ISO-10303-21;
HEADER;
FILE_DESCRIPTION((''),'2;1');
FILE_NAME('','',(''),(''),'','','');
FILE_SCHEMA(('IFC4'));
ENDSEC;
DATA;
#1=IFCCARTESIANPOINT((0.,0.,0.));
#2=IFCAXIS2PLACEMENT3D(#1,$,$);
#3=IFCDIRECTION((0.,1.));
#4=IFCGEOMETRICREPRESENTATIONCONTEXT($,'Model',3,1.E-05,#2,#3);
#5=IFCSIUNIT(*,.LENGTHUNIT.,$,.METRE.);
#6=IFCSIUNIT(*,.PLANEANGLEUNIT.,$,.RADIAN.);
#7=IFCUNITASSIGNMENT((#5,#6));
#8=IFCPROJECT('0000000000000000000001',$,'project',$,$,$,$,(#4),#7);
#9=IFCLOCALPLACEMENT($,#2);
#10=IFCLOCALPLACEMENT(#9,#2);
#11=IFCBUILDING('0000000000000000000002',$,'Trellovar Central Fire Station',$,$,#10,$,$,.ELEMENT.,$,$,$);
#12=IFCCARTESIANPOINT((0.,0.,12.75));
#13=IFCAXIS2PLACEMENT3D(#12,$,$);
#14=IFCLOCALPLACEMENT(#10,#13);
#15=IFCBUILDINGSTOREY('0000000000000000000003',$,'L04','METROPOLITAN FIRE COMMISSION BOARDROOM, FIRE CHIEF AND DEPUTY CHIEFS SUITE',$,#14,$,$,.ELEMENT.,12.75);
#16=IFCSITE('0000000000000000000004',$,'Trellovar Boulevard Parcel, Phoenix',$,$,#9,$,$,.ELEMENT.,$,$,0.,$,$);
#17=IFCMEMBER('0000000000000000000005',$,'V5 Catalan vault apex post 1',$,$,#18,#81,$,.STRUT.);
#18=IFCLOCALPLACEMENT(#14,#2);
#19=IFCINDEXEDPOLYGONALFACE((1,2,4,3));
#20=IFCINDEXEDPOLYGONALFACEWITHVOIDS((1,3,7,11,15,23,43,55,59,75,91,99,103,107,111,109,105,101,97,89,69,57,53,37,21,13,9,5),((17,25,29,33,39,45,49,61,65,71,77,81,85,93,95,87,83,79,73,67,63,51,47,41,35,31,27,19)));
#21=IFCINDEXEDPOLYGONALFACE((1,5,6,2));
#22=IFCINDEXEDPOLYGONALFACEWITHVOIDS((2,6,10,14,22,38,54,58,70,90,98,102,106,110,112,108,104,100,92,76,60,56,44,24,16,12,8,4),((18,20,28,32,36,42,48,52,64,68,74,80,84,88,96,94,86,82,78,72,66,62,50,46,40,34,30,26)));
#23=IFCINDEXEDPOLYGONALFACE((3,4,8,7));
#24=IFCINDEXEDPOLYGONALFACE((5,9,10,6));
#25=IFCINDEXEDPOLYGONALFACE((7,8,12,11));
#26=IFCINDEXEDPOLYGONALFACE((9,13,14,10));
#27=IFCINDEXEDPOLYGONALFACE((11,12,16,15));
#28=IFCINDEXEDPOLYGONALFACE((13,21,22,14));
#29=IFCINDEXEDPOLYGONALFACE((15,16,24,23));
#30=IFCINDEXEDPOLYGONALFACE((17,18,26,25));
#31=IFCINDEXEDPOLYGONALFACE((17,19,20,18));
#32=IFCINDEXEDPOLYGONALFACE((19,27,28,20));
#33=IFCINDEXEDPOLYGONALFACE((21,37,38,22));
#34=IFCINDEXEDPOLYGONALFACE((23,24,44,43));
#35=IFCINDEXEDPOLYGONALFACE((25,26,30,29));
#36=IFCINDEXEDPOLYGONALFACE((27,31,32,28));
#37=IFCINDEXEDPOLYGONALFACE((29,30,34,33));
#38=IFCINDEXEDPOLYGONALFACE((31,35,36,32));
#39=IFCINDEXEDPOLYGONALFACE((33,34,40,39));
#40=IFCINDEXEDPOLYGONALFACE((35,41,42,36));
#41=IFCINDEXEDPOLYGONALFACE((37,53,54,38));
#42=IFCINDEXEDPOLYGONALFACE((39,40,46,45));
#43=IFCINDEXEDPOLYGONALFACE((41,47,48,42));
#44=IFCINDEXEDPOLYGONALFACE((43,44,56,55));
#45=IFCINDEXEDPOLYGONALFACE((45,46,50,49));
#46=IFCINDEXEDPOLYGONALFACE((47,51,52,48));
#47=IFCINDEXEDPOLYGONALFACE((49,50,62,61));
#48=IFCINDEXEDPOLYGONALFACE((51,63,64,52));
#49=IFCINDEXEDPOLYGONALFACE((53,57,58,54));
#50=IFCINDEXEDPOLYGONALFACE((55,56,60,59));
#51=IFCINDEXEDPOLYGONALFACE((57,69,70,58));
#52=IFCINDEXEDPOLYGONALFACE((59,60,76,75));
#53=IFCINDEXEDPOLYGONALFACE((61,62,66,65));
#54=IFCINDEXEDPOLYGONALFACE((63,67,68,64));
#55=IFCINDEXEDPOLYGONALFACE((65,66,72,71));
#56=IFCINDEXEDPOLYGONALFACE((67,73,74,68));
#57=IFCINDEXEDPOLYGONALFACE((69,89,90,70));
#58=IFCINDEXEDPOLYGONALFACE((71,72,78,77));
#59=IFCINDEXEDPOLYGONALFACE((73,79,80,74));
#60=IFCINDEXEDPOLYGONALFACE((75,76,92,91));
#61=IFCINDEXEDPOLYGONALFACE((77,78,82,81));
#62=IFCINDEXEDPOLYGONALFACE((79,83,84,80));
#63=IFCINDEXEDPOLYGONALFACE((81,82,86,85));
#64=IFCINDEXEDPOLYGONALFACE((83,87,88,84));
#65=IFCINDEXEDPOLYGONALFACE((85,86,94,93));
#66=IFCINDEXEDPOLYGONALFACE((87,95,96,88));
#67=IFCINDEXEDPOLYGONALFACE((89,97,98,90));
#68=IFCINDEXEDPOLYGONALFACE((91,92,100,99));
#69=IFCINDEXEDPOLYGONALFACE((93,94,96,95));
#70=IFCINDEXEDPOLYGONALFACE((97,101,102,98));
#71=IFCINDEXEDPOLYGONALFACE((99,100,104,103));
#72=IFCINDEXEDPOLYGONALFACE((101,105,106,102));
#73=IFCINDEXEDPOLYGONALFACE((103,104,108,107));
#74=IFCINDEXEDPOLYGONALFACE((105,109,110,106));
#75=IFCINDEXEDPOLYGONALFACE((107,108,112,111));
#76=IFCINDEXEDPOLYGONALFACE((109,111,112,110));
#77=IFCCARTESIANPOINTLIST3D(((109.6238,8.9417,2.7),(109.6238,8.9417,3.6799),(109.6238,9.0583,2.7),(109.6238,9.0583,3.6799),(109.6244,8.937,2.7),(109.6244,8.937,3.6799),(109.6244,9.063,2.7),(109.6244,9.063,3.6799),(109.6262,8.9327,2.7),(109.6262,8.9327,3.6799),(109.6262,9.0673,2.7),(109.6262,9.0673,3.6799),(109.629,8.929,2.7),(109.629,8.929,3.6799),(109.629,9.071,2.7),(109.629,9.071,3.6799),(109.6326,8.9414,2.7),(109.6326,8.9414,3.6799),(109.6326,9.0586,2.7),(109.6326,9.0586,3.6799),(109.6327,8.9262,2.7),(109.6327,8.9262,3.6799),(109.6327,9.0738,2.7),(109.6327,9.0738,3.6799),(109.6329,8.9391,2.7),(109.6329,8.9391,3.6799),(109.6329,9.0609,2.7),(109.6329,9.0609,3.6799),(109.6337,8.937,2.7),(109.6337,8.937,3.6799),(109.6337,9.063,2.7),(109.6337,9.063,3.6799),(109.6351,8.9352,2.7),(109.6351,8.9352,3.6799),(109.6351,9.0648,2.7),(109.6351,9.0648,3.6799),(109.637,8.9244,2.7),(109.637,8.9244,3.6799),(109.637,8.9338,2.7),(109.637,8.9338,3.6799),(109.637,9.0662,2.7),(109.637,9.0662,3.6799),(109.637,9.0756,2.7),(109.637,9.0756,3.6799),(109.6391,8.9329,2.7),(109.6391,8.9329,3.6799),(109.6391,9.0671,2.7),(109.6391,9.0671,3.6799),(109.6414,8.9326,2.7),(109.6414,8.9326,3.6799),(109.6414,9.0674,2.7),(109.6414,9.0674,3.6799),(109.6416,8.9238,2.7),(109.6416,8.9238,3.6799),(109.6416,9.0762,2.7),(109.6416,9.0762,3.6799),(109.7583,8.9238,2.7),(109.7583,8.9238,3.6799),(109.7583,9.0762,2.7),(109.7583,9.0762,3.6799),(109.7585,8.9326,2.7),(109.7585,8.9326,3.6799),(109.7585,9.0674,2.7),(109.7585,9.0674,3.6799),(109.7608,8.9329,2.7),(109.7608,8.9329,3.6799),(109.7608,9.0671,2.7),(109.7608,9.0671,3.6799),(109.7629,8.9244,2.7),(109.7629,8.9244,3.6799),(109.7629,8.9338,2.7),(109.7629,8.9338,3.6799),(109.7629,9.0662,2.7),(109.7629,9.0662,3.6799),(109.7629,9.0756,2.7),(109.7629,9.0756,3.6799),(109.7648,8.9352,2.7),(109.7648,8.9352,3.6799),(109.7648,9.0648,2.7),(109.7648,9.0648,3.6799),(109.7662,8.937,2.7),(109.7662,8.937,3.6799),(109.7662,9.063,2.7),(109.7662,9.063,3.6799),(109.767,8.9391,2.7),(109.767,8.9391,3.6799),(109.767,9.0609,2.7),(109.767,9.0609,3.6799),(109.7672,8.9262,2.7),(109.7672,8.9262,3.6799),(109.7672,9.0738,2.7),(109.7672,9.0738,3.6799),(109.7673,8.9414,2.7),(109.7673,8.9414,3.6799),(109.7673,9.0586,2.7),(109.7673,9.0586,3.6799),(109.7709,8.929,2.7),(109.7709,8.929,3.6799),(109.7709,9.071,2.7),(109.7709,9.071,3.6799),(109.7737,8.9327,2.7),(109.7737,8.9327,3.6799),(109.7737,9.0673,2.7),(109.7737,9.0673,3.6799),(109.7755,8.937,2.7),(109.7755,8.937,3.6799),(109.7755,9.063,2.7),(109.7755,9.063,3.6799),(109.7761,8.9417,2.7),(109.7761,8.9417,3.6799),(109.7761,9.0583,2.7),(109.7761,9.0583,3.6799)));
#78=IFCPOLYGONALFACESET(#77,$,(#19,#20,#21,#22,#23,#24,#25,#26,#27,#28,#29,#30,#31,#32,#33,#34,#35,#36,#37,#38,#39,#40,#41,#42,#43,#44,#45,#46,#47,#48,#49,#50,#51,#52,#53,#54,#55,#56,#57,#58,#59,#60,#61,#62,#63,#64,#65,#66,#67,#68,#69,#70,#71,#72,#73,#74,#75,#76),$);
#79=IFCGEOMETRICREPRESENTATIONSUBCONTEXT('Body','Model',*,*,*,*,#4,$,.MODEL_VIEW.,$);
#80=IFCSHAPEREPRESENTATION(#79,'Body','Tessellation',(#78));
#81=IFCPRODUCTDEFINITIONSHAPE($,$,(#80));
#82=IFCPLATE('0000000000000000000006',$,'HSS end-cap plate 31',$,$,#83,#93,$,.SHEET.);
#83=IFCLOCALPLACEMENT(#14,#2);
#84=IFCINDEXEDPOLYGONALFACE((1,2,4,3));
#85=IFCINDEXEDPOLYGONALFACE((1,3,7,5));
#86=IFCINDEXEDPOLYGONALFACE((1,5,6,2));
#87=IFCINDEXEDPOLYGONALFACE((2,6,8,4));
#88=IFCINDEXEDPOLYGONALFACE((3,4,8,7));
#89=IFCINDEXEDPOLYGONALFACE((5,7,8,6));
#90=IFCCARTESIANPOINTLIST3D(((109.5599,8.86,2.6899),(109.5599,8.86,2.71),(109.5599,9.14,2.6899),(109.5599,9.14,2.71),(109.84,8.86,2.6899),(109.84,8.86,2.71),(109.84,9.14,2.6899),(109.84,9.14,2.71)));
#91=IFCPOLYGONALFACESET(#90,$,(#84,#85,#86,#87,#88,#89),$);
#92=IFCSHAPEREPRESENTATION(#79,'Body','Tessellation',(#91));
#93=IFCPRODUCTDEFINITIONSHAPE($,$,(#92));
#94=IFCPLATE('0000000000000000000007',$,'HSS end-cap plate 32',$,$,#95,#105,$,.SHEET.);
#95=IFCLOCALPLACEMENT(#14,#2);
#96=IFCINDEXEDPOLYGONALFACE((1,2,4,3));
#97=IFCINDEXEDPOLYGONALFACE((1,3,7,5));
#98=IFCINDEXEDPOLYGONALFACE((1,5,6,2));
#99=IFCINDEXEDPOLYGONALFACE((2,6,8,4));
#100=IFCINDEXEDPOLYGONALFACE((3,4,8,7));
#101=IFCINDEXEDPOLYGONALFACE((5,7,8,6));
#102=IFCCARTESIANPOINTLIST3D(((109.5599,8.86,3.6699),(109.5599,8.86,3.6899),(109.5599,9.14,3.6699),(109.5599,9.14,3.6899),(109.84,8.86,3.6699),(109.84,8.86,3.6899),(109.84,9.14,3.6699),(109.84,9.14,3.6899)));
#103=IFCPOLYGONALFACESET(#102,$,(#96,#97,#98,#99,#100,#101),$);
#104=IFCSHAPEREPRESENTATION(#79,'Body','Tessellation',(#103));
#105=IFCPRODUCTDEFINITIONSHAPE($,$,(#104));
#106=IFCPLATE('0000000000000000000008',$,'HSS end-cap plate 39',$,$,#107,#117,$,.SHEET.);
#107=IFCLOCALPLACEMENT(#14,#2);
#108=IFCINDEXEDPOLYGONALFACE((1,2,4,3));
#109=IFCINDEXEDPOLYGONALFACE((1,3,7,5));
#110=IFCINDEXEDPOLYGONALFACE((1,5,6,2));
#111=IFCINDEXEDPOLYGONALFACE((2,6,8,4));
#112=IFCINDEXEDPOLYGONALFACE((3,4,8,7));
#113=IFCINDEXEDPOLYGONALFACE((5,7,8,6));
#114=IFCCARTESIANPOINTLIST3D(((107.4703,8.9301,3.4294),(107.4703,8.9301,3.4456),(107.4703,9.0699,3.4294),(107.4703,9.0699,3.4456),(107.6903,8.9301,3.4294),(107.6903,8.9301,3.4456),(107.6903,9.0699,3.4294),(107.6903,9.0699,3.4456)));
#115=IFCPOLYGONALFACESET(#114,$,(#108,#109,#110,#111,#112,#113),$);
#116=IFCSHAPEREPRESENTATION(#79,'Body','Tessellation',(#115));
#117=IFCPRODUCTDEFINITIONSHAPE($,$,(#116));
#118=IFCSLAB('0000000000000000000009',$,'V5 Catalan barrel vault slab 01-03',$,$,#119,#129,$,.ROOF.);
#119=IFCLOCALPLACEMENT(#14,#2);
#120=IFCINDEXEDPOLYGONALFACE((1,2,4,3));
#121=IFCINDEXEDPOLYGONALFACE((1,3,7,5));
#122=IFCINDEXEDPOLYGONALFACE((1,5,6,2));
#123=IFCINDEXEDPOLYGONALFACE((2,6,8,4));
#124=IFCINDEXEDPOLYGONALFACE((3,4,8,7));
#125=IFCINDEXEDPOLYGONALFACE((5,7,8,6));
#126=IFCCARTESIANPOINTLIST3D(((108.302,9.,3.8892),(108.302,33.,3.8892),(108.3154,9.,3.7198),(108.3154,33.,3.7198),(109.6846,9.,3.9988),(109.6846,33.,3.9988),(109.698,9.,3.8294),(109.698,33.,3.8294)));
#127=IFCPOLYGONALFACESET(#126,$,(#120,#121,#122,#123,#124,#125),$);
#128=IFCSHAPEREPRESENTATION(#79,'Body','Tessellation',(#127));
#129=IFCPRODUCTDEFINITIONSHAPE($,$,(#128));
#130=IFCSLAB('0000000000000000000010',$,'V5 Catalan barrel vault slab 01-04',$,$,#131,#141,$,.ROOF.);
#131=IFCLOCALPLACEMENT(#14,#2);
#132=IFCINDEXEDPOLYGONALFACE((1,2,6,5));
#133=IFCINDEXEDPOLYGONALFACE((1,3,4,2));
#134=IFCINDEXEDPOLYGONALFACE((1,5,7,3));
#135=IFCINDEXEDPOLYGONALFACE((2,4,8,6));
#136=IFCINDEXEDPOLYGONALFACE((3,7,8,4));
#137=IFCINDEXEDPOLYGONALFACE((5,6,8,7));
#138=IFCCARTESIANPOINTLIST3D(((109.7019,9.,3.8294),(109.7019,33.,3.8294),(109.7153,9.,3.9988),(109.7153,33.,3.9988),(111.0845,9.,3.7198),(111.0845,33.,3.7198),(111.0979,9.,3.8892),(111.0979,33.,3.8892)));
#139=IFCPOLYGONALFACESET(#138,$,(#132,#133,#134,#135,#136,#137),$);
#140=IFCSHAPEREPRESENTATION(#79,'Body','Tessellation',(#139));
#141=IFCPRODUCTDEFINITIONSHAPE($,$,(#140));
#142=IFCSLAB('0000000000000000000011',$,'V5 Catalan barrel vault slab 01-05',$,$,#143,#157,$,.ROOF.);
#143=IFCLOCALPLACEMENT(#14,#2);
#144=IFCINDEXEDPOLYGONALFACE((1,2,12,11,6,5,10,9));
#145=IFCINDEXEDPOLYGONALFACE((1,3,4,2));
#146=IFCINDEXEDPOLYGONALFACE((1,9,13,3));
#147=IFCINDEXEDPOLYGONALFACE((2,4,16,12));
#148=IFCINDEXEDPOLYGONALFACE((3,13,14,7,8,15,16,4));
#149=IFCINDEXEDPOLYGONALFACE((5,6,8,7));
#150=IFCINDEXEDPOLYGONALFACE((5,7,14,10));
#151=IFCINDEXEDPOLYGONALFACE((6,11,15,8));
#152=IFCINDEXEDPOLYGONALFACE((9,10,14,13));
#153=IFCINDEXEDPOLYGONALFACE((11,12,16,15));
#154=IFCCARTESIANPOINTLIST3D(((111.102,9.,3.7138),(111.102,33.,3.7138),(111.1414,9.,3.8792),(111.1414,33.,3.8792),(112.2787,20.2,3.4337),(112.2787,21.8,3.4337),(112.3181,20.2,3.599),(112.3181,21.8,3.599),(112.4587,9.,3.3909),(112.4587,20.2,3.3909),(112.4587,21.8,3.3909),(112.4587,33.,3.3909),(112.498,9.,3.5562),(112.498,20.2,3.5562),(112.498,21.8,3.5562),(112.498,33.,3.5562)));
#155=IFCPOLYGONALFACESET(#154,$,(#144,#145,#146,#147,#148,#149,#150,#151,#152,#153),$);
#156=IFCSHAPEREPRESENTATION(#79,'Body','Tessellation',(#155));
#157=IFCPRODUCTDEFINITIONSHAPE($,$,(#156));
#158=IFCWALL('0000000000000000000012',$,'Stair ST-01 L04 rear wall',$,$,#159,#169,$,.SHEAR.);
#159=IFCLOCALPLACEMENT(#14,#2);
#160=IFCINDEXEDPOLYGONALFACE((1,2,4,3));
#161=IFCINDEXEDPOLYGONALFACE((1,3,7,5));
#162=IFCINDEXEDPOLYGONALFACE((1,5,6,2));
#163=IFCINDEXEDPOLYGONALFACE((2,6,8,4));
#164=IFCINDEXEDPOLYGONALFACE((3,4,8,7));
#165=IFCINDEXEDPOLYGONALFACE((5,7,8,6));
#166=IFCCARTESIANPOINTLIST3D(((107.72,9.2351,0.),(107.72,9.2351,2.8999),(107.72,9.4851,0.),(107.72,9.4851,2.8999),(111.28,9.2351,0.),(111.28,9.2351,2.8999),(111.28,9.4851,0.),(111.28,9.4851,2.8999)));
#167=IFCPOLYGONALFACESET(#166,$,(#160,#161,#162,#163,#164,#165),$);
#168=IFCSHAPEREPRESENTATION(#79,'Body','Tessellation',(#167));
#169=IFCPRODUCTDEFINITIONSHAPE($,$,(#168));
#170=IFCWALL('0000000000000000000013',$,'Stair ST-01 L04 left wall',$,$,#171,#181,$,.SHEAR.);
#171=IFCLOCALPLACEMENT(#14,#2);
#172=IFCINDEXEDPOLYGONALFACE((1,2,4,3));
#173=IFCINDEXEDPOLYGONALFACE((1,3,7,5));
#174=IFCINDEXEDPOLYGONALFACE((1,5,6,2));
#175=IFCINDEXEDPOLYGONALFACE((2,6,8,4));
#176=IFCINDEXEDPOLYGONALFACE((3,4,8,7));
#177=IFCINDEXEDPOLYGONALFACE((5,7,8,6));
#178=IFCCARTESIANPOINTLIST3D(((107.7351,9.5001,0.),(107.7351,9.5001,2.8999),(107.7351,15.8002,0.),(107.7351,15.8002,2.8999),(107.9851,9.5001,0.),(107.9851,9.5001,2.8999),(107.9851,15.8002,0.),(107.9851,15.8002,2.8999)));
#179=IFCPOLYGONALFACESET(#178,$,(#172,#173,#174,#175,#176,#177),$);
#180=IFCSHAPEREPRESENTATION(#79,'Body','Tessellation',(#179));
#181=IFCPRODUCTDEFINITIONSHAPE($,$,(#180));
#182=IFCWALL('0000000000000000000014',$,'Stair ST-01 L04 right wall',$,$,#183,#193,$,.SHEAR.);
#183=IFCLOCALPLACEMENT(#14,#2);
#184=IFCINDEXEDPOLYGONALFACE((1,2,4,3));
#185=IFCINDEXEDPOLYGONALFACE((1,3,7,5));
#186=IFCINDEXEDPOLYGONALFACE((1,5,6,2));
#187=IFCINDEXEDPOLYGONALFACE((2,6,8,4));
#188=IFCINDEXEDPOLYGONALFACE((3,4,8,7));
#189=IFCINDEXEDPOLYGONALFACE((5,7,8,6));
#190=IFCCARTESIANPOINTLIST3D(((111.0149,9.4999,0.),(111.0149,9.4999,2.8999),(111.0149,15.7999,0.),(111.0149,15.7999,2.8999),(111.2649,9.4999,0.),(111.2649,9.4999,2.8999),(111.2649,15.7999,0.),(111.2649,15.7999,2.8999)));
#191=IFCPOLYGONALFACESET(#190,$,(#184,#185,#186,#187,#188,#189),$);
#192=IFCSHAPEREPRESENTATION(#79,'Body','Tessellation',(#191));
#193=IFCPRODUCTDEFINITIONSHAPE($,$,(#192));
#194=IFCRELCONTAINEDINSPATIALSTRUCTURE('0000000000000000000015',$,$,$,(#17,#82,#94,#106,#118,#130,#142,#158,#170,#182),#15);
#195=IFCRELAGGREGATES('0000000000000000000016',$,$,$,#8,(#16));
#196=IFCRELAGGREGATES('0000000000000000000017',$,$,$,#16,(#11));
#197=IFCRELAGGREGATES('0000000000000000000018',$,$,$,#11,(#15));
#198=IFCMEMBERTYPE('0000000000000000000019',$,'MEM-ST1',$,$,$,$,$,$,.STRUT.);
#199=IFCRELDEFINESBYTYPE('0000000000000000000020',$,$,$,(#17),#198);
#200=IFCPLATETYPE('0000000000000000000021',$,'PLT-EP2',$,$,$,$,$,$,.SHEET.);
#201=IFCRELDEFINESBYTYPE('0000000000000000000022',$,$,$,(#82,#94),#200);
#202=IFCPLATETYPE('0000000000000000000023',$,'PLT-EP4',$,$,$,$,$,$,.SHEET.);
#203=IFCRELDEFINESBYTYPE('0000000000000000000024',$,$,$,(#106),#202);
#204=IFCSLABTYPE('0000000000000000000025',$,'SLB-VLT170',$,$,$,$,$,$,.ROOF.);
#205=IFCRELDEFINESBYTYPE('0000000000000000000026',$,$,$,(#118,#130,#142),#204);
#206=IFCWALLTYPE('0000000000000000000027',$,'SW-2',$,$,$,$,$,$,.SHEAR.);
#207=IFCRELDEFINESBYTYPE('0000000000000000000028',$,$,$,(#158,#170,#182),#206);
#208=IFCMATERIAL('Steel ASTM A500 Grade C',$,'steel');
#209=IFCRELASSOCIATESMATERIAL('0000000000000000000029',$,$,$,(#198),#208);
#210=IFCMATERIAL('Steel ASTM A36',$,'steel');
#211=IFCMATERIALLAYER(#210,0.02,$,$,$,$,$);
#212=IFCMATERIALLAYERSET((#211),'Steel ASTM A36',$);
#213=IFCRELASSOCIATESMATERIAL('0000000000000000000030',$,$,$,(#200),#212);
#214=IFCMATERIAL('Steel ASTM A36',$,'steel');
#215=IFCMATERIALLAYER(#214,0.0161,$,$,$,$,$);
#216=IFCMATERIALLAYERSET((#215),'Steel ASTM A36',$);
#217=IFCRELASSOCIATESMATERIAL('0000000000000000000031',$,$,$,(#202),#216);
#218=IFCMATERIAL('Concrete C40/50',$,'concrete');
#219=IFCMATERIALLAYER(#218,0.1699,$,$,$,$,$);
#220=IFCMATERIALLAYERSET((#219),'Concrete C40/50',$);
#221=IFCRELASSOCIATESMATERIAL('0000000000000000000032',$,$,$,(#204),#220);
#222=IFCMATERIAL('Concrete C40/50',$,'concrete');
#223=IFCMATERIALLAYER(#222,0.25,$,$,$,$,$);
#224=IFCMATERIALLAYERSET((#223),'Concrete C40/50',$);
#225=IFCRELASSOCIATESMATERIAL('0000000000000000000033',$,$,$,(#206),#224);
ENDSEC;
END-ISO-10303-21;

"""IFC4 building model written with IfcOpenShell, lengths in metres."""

from ifc_helpers import new_model, si_unit, direction, frame, frame_2d, origin, origin_2d, place, context, subcontext, project, spatial, polyline, rectangle, hollow_rectangle, outline, extrude, material, layer, layer_set, material_profile, profile_set, type_object, element, save


model = new_model("IFC4")

# Units and contexts
model_context = context("Model", 3, precision=1e-05, world=origin(), true_north=direction((0.0, 1.0)))
body_context = subcontext(model_context, "Body", "Model", "MODEL_VIEW")
ifc_project = project(units=[si_unit("LENGTHUNIT", "METRE"), si_unit("PLANEANGLEUNIT", "RADIAN")], contexts=[model_context])

# Site, building, storey
site_placement = place(None, origin())
site = spatial("IfcSite", under=ifc_project, at=site_placement, Name="Trellovar Boulevard Parcel, Phoenix", CompositionType="ELEMENT", RefElevation=0.0)
building_placement = place(site_placement, origin())
building = spatial("IfcBuilding", under=site, at=building_placement, Name="Trellovar Central Fire Station", CompositionType="ELEMENT")
storey_placement = place(building_placement, frame((0.0, 0.0, 12.75)))
storey = spatial("IfcBuildingStorey", under=building, at=storey_placement, Name="L04", Description="METROPOLITAN FIRE COMMISSION BOARDROOM, FIRE CHIEF AND DEPUTY CHIEFS SUITE", CompositionType="ELEMENT", Elevation=12.75)

# Member
ifc_material_1 = material(Name="Steel ASTM A500 Grade C", Category="steel")
ifc_material_profile_1 = material_profile(ifc_material_1, hollow_rectangle(XDim=0.1523, YDim=0.1523, WallThickness=0.0088, InnerFilletRadius=0.0088, OuterFilletRadius=0.0178, at=origin_2d()), Name="HSS6X6X3/8")
ifc_profile_set_1 = profile_set([ifc_material_profile_1], Name="Steel ASTM A500 Grade C")
member_type_1 = type_object("IfcMemberType", Name="MEM-ST1", PredefinedType="STRUT", material=ifc_profile_set_1)
member_1_placement = place(storey_placement, frame((109.7, 9.0, 2.7), z_axis=(0.0, 0.0, 1.0), x_axis=(1.0, 0.0, 0.0)))
element("IfcMember", 1, at=member_1_placement, inside=storey, type_object=member_type_1, Name="V5 Catalan vault apex post 1", PredefinedType="STRUT", context=body_context, shape_type="SweptSolid", body=[
    extrude(hollow_rectangle(XDim=0.1523, YDim=0.1523, WallThickness=0.0088, InnerFilletRadius=0.0088, OuterFilletRadius=0.0178, at=origin_2d()), origin(), (0.0, 0.0, 1.0), 0.98),
])

# Plates
ifc_material_2 = material(Name="Steel ASTM A36", Category="steel")
ifc_layer_1 = layer(ifc_material_2, 0.02)
ifc_layer_set_1 = layer_set([ifc_layer_1], Name="Steel ASTM A36")
plate_type_1 = type_object("IfcPlateType", Name="PLT-EP2", PredefinedType="SHEET", material=ifc_layer_set_1)
for number, where, z_axis, x_axis, name in (
    (2, (109.7, 9.0, 2.6899), (0.0, 0.0, 1.0), (1.0, 0.0, 0.0), "HSS end-cap plate 31"),
    (3, (109.7, 9.0, 3.6699), (0.0, 0.0, 1.0), (1.0, 0.0, 0.0), "HSS end-cap plate 32"),
):
    element("IfcPlate", number, at=place(storey_placement, frame(where, z_axis=z_axis, x_axis=x_axis)), inside=storey, type_object=plate_type_1, Name=name, PredefinedType="SHEET", context=body_context, shape_type="SweptSolid", body=[
        extrude(rectangle(XDim=0.28, YDim=0.28, at=origin_2d()), origin(), (0.0, 0.0, 1.0), 0.02),
    ])
ifc_material_3 = material(Name="Steel ASTM A36", Category="steel")
ifc_layer_2 = layer(ifc_material_3, 0.0161)
ifc_layer_set_2 = layer_set([ifc_layer_2], Name="Steel ASTM A36")
plate_type_2 = type_object("IfcPlateType", Name="PLT-EP4", PredefinedType="SHEET", material=ifc_layer_set_2)
plate_placement = place(storey_placement, frame((107.5803, 9.0, 3.4294), z_axis=(0.0, 0.0, 1.0), x_axis=(1.0, 0.0, 0.0)))
element("IfcPlate", 4, at=plate_placement, inside=storey, type_object=plate_type_2, Name="HSS end-cap plate 39", PredefinedType="SHEET", context=body_context, shape_type="SweptSolid", body=[
    extrude(rectangle(XDim=0.22, YDim=0.1399, at=origin_2d()), origin(), (0.0, 0.0, 1.0), 0.0161),
])

# Slabs
ifc_material_4 = material(Name="Concrete C40/50", Category="concrete")
ifc_layer_3 = layer(ifc_material_4, 0.1699)
ifc_layer_set_3 = layer_set([ifc_layer_3], Name="Concrete C40/50")
slab_type = type_object("IfcSlabType", Name="SLB-VLT170", PredefinedType="ROOF", material=ifc_layer_set_3)
for number, where, z_axis, x_axis, name in (
    (5, (108.302, 9.0, 3.8892), (-0.079039, 0.0, 0.996872), (0.996872, 0.0, 0.079039), "V5 Catalan barrel vault slab 01-03"),
    (6, (109.7153, 9.0, 3.9988), (0.079039, 0.0, 0.996872), (0.996872, 0.0, -0.079039), "V5 Catalan barrel vault slab 01-04"),
):
    element("IfcSlab", number, at=place(storey_placement, frame(where, z_axis=z_axis, x_axis=x_axis)), inside=storey, type_object=slab_type, Name=name, PredefinedType="ROOF", context=body_context, shape_type="SweptSolid", body=[
        extrude(outline(polyline([(0.0, 0.0), (1.3869, 0.0), (1.3869, 24.0), (0.0, 24.0), (0.0, 0.0)])), origin(), (0.0, 0.0, -1.0), 0.1699),
    ])
slab_placement = place(storey_placement, frame((111.1414, 9.0, 3.8792), z_axis=(0.231599, 0.0, 0.972811), x_axis=(0.972811, 0.0, -0.231599)))
element("IfcSlab", 7, at=slab_placement, inside=storey, type_object=slab_type, Name="V5 Catalan barrel vault slab 01-05", PredefinedType="ROOF", context=body_context, shape_type="SweptSolid", body=[
    extrude(outline(polyline([(0.0, 0.0), (1.3946, 0.0), (1.3946, 11.2), (1.2096, 11.2), (1.2096, 12.8), (1.3946, 12.8), (1.3946, 24.0), (0.0, 24.0), (0.0, 0.0)])), origin(), (0.0, 0.0, -1.0), 0.1699),
])

# Walls
ifc_material_5 = material(Name="Concrete C40/50", Category="concrete")
ifc_layer_4 = layer(ifc_material_5, 0.25)
ifc_layer_set_4 = layer_set([ifc_layer_4], Name="Concrete C40/50")
wall_type_1 = type_object("IfcWallType", Name="SW-2", PredefinedType="SHEAR", material=ifc_layer_set_4)
wall_1_placement = place(storey_placement, frame((111.28, 9.3601, 0.0), z_axis=(0.0, 0.0, 1.0), x_axis=(-1.0, 0.0, 0.0)))
element("IfcWall", 8, at=wall_1_placement, inside=storey, type_object=wall_type_1, Name="Stair ST-01 L04 rear wall", PredefinedType="SHEAR", context=body_context, shape_type="SweptSolid", body=[
    extrude(rectangle(XDim=3.5601, YDim=0.25, at=frame_2d((1.78, 0.0))), origin(), (0.0, 0.0, 1.0), 2.8999),
])
for number, where, z_axis, x_axis, name in (
    (9, (107.8601, 15.8, 0.0), (0.0, 0.0, 1.0), (0.0, -1.0, 0.0), "Stair ST-01 L04 left wall"),
    (10, (111.1399, 9.5, 0.0), (0.0, 0.0, 1.0), (0.0, 1.0, 0.0), "Stair ST-01 L04 right wall"),
):
    element("IfcWall", number, at=place(storey_placement, frame(where, z_axis=z_axis, x_axis=x_axis)), inside=storey, type_object=wall_type_1, Name=name, PredefinedType="SHEAR", context=body_context, shape_type="SweptSolid", body=[
        extrude(rectangle(XDim=6.3, YDim=0.25, at=frame_2d((3.1499, 0.0))), origin(), (0.0, 0.0, 1.0), 2.8999),
    ])

save(model, "model.ifc")
